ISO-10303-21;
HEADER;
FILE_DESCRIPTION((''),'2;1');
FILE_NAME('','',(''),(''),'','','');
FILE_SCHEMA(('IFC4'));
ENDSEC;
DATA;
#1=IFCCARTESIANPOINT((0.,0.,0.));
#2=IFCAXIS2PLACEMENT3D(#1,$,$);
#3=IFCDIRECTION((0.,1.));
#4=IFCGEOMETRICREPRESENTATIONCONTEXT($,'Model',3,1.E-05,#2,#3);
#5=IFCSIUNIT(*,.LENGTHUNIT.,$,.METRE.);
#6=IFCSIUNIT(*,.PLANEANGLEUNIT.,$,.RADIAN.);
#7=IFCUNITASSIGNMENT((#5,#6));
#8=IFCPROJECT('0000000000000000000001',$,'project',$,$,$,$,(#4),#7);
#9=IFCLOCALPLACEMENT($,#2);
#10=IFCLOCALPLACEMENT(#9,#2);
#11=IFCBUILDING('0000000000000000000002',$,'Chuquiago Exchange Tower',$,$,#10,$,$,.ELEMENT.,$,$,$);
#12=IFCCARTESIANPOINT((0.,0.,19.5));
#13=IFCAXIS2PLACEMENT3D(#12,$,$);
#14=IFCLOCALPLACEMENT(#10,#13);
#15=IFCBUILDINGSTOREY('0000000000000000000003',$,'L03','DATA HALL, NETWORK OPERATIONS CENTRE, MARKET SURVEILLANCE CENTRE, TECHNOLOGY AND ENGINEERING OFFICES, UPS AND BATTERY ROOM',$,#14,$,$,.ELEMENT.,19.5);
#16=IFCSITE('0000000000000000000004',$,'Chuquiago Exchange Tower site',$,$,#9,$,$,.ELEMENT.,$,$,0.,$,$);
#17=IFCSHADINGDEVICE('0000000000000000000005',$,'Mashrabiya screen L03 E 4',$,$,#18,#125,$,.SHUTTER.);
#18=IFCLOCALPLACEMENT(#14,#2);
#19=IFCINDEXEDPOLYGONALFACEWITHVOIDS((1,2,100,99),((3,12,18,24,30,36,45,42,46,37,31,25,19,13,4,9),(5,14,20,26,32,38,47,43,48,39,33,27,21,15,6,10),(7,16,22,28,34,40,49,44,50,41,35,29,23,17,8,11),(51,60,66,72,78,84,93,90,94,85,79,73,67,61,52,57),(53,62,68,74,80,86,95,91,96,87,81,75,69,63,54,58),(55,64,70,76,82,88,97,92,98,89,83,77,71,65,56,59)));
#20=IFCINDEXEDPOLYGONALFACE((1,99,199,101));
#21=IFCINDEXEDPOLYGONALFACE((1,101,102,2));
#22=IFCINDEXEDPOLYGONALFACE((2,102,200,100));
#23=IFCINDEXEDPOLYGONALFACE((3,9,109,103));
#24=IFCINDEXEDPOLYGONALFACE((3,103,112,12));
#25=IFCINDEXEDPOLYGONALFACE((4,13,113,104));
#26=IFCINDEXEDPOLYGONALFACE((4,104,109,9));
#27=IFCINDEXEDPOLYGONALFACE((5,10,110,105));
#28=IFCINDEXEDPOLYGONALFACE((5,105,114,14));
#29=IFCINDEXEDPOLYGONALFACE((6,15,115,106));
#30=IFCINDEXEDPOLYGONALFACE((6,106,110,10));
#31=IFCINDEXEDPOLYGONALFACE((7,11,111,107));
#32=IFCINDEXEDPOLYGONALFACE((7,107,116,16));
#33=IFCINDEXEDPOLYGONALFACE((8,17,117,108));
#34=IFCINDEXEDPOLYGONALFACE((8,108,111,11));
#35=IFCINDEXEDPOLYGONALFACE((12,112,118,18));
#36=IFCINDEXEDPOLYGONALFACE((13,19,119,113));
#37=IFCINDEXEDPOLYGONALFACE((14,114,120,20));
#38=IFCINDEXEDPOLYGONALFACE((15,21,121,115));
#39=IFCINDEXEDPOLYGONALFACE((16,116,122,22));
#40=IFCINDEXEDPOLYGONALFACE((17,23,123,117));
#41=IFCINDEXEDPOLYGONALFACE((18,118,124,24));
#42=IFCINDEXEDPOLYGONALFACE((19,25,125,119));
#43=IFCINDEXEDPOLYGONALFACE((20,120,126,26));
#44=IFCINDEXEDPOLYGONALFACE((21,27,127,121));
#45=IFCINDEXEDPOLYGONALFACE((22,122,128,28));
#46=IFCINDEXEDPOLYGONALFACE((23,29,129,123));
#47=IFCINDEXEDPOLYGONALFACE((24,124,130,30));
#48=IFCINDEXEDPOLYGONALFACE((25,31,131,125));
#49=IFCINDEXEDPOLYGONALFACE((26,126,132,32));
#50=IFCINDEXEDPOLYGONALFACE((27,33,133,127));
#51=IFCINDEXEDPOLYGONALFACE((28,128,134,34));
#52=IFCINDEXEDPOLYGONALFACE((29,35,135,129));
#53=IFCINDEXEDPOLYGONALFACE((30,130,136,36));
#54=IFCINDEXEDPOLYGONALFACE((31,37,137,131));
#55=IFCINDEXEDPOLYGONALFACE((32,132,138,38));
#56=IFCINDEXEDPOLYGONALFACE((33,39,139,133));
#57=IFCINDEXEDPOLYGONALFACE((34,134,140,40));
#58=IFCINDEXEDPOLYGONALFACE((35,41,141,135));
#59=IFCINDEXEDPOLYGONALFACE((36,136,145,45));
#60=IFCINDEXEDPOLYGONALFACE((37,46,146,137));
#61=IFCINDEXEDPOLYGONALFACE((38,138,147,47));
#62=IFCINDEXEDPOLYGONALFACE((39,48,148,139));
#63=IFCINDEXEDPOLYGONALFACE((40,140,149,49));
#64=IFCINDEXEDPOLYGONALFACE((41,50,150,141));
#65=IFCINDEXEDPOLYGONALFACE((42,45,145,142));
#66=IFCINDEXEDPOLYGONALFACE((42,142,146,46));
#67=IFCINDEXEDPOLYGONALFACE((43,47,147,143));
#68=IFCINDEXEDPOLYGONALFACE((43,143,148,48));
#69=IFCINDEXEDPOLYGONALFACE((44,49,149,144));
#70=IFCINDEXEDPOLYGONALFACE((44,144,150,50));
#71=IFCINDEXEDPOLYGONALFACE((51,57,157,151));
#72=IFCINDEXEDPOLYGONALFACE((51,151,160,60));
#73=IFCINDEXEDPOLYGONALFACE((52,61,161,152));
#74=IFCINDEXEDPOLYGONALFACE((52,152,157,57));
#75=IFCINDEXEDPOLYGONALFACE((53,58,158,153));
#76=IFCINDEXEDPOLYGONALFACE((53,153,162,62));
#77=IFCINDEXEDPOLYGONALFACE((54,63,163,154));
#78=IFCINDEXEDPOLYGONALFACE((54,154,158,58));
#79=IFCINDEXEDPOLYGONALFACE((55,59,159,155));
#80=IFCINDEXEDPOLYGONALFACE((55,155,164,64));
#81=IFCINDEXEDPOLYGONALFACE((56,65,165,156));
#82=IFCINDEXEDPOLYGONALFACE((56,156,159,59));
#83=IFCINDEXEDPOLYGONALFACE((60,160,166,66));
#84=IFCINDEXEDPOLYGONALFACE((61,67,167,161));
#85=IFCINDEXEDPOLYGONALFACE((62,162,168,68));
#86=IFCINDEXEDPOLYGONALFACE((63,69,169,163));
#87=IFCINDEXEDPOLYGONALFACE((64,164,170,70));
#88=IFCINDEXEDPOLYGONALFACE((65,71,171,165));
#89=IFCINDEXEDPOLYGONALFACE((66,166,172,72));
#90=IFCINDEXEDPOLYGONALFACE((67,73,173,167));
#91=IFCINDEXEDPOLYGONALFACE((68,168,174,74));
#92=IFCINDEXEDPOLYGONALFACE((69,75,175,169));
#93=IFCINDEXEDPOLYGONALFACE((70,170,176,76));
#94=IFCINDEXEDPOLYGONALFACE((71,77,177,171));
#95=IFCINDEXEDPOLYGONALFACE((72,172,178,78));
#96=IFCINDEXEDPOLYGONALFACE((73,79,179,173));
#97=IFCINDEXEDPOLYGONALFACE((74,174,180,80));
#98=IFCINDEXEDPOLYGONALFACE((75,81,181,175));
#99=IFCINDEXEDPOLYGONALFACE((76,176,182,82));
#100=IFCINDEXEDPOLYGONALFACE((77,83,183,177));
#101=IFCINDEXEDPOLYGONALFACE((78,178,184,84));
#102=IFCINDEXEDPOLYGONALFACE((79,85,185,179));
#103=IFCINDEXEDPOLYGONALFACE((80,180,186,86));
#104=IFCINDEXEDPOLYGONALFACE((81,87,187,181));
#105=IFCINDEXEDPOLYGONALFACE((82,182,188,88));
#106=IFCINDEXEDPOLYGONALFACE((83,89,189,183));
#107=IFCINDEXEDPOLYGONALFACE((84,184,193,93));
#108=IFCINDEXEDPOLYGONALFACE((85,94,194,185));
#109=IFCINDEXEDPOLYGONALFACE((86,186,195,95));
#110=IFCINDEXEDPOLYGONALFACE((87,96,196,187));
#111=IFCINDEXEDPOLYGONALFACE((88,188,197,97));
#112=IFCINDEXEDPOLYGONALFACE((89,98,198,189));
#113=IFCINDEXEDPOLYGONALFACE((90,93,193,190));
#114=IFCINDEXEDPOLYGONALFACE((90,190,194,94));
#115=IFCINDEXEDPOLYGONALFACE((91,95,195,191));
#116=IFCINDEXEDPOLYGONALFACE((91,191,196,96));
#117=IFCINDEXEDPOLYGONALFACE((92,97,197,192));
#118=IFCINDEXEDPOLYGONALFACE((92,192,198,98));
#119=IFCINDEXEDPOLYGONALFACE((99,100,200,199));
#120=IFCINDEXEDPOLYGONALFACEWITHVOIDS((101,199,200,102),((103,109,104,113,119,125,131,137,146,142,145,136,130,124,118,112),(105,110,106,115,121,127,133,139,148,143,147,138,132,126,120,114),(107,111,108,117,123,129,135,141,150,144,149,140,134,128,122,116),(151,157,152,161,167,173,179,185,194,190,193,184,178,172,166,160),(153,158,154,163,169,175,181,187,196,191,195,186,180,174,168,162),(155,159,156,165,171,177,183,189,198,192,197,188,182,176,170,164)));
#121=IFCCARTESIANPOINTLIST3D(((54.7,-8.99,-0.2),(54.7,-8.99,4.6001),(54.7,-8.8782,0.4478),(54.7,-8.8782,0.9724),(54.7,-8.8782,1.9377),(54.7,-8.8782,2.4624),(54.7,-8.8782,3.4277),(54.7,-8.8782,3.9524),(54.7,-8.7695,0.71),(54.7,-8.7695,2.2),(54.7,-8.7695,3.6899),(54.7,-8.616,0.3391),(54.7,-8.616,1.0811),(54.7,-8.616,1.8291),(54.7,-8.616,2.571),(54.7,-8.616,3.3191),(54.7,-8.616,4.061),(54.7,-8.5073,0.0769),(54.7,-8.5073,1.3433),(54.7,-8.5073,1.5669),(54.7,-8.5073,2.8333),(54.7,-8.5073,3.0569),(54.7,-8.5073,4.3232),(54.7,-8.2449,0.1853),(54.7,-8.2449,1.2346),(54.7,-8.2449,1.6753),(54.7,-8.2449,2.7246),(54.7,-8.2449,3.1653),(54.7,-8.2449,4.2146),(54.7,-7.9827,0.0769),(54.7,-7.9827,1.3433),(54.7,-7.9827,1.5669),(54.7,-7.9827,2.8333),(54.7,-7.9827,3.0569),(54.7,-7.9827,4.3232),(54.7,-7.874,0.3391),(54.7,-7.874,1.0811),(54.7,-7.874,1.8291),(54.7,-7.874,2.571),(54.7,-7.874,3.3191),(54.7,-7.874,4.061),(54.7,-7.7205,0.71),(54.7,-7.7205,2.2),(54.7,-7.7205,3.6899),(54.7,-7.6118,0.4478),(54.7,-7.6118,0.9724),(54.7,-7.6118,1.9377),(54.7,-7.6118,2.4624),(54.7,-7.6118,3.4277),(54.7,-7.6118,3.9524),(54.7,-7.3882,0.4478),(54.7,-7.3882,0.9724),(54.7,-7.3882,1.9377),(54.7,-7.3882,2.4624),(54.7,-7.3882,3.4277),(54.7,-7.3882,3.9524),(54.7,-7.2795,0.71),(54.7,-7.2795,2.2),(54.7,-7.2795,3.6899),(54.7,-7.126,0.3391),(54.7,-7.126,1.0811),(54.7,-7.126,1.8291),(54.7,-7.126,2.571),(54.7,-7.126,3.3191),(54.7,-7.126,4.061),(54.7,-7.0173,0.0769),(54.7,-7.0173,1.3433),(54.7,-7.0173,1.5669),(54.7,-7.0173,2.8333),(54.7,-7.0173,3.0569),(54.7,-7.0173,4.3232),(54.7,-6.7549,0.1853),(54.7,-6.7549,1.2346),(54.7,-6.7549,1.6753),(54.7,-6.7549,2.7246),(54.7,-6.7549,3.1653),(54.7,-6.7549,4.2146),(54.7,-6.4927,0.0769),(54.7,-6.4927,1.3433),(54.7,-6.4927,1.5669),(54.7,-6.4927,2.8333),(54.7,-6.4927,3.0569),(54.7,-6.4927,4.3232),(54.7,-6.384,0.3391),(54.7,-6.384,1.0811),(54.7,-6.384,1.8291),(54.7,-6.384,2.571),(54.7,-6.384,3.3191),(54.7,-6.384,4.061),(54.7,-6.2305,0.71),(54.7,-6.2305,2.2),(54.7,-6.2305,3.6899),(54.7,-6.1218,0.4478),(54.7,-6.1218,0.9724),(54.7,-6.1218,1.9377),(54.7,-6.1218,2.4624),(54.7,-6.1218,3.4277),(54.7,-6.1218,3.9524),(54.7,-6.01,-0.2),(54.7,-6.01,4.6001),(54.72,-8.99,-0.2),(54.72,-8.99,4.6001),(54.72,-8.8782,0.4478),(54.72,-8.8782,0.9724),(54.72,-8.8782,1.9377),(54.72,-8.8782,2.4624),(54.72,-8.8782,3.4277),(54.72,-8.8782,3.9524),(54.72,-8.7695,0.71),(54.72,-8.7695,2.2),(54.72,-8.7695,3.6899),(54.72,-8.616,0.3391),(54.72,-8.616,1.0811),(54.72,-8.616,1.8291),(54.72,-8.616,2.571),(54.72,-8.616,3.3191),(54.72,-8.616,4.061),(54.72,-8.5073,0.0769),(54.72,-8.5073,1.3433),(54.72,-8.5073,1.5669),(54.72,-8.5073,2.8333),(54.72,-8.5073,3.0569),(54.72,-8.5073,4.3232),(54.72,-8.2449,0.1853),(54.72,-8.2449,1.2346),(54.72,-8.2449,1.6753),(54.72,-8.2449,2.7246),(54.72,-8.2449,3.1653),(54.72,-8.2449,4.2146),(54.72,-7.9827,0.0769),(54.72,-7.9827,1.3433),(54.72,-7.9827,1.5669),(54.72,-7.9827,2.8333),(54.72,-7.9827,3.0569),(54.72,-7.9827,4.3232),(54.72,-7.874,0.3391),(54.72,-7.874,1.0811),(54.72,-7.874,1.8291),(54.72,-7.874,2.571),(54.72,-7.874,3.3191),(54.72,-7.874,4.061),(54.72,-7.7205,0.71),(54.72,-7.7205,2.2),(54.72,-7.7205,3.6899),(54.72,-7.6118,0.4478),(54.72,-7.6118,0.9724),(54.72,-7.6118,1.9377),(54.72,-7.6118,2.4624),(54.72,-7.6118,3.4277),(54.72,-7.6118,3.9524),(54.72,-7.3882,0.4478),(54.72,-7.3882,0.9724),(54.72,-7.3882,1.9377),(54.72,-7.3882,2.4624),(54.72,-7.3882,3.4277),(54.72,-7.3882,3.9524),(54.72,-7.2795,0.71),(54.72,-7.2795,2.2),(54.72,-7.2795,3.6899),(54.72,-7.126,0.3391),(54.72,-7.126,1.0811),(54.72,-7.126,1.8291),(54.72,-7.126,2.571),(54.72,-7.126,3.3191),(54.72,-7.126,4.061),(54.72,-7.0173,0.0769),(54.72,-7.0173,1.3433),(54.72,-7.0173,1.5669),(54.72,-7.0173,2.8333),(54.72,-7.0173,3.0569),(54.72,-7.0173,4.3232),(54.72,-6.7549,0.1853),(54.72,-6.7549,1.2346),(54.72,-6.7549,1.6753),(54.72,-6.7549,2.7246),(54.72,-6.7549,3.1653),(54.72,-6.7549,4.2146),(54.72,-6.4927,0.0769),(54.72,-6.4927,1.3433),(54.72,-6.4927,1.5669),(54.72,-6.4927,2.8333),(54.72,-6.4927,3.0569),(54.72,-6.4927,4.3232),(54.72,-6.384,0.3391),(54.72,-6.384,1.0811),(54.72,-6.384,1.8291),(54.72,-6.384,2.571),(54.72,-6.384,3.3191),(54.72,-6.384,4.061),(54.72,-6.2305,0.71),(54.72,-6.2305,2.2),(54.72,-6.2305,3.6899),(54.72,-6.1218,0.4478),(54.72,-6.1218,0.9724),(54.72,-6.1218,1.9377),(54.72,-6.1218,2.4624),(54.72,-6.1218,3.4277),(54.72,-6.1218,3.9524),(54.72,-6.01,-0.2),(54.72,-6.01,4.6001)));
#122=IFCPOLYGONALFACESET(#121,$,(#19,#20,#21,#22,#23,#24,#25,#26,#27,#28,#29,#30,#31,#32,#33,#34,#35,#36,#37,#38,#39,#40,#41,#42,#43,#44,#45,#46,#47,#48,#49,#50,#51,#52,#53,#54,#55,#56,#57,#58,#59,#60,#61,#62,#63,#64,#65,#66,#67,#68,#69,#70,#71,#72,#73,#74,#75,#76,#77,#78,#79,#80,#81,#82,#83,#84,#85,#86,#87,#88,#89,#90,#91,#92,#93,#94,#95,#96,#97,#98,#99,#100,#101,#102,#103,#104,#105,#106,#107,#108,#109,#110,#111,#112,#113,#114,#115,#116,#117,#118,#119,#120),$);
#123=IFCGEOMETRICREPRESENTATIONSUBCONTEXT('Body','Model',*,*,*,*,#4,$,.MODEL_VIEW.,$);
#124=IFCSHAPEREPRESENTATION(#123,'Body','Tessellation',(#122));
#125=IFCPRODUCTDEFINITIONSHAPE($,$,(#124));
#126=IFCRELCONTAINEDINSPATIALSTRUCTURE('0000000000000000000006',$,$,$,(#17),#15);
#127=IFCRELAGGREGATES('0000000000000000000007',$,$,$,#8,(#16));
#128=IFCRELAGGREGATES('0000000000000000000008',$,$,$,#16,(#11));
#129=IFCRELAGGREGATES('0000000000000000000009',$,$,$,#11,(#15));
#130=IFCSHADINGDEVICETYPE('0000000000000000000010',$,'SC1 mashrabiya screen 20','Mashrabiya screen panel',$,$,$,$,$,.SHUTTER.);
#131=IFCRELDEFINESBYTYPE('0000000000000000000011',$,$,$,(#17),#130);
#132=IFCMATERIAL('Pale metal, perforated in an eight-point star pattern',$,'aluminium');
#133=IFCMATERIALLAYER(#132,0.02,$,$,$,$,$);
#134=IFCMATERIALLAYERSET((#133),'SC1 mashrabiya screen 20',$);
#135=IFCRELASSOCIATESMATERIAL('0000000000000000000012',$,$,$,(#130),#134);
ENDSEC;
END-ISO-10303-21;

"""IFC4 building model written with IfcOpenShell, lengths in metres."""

from ifc_helpers import new_model, si_unit, direction, frame, origin, place, context, subcontext, project, spatial, polyline, outline, extrude, material, layer, layer_set, type_object, element, save


model = new_model("IFC4")

# Units and contexts
model_context = context("Model", 3, precision=1e-05, world=origin(), true_north=direction((0.0, 1.0)))
body_context = subcontext(model_context, "Body", "Model", "MODEL_VIEW")
ifc_project = project(units=[si_unit("LENGTHUNIT", "METRE"), si_unit("PLANEANGLEUNIT", "RADIAN")], contexts=[model_context])

# Site, building, storey
site_placement = place(None, origin())
site = spatial("IfcSite", under=ifc_project, at=site_placement, Name="Chuquiago Exchange Tower site", CompositionType="ELEMENT", RefElevation=0.0)
building_placement = place(site_placement, origin())
building = spatial("IfcBuilding", under=site, at=building_placement, Name="Chuquiago Exchange Tower", CompositionType="ELEMENT")
storey_placement = place(building_placement, frame((0.0, 0.0, 19.5)))
storey = spatial("IfcBuildingStorey", under=building, at=storey_placement, Name="L03", Description="DATA HALL, NETWORK OPERATIONS CENTRE, MARKET SURVEILLANCE CENTRE, TECHNOLOGY AND ENGINEERING OFFICES, UPS AND BATTERY ROOM", CompositionType="ELEMENT", Elevation=19.5)

# Shading device
ifc_material_1 = material(Name="Pale metal, perforated in an eight-point star pattern", Category="aluminium")
ifc_layer_1 = layer(ifc_material_1, 0.02)
ifc_layer_set_1 = layer_set([ifc_layer_1], Name="SC1 mashrabiya screen 20")
shading_device_type = type_object("IfcShadingDeviceType", Name="SC1 mashrabiya screen 20", Description="Mashrabiya screen panel", PredefinedType="SHUTTER", material=ifc_layer_set_1)
shading_device_1_placement = place(storey_placement, frame((54.7, -8.99, -0.2), z_axis=(0.0, 0.0, 1.0), x_axis=(0.0, 1.0, 0.0)))
element("IfcShadingDevice", 1, at=shading_device_1_placement, inside=storey, type_object=shading_device_type, Name="Mashrabiya screen L03 E 4", PredefinedType="SHUTTER", context=body_context, shape_type="SweptSolid", body=[
    extrude(outline(polyline([(0.0, 0.0), (2.98, 0.0), (2.98, 4.8), (0.0, 4.8), (0.0, 0.0)]), holes=[polyline([(1.2695, 0.9099), (1.3782, 1.1724), (1.116, 1.281), (1.0073, 1.5432), (0.7451, 1.4346), (0.4827, 1.5432), (0.374, 1.281), (0.1118, 1.1724), (0.2205, 0.9099), (0.1118, 0.6477), (0.374, 0.5391), (0.4827, 0.2769), (0.7451, 0.3853), (1.0073, 0.2769), (1.116, 0.5391), (1.3782, 0.6477), (1.2695, 0.9099)]), polyline([(2.7595, 0.9099), (2.8682, 1.1724), (2.606, 1.281), (2.4973, 1.5432), (2.2351, 1.4346), (1.9727, 1.5432), (1.864, 1.281), (1.6018, 1.1724), (1.7104, 0.9099), (1.6018, 0.6477), (1.864, 0.5391), (1.9727, 0.2769), (2.2351, 0.3853), (2.4973, 0.2769), (2.606, 0.5391), (2.8682, 0.6477), (2.7595, 0.9099)]), polyline([(1.2695, 2.3999), (1.3782, 2.6624), (1.116, 2.771), (1.0073, 3.0332), (0.7451, 2.9246), (0.4827, 3.0332), (0.374, 2.771), (0.1118, 2.6624), (0.2205, 2.3999), (0.1118, 2.1377), (0.374, 2.0291), (0.4827, 1.7668), (0.7451, 1.8752), (1.0073, 1.7668), (1.116, 2.0291), (1.3782, 2.1377), (1.2695, 2.3999)]), polyline([(2.7595, 2.3999), (2.8682, 2.6624), (2.606, 2.771), (2.4973, 3.0332), (2.2351, 2.9246), (1.9727, 3.0332), (1.864, 2.771), (1.6018, 2.6624), (1.7104, 2.3999), (1.6018, 2.1377), (1.864, 2.0291), (1.9727, 1.7668), (2.2351, 1.8752), (2.4973, 1.7668), (2.606, 2.0291), (2.8682, 2.1377), (2.7595, 2.3999)]), polyline([(1.2695, 3.8899), (1.3782, 4.1523), (1.116, 4.261), (1.0073, 4.5232), (0.7451, 4.4146), (0.4827, 4.5232), (0.374, 4.261), (0.1118, 4.1523), (0.2205, 3.8899), (0.1118, 3.6277), (0.374, 3.519), (0.4827, 3.2568), (0.7451, 3.3652), (1.0073, 3.2568), (1.116, 3.519), (1.3782, 3.6277), (1.2695, 3.8899)]), polyline([(2.7595, 3.8899), (2.8682, 4.1523), (2.606, 4.261), (2.4973, 4.5232), (2.2351, 4.4146), (1.9727, 4.5232), (1.864, 4.261), (1.6018, 4.1523), (1.7104, 3.8899), (1.6018, 3.6277), (1.864, 3.519), (1.9727, 3.2568), (2.2351, 3.3652), (2.4973, 3.2568), (2.606, 3.519), (2.8682, 3.6277), (2.7595, 3.8899)])]), frame((0.0, 0.0, 0.0), z_axis=(0.0, -1.0, 0.0), x_axis=(1.0, 0.0, 0.0)), (0.0, 0.0, 1.0), 0.02),
])

save(model, "model.ifc")
